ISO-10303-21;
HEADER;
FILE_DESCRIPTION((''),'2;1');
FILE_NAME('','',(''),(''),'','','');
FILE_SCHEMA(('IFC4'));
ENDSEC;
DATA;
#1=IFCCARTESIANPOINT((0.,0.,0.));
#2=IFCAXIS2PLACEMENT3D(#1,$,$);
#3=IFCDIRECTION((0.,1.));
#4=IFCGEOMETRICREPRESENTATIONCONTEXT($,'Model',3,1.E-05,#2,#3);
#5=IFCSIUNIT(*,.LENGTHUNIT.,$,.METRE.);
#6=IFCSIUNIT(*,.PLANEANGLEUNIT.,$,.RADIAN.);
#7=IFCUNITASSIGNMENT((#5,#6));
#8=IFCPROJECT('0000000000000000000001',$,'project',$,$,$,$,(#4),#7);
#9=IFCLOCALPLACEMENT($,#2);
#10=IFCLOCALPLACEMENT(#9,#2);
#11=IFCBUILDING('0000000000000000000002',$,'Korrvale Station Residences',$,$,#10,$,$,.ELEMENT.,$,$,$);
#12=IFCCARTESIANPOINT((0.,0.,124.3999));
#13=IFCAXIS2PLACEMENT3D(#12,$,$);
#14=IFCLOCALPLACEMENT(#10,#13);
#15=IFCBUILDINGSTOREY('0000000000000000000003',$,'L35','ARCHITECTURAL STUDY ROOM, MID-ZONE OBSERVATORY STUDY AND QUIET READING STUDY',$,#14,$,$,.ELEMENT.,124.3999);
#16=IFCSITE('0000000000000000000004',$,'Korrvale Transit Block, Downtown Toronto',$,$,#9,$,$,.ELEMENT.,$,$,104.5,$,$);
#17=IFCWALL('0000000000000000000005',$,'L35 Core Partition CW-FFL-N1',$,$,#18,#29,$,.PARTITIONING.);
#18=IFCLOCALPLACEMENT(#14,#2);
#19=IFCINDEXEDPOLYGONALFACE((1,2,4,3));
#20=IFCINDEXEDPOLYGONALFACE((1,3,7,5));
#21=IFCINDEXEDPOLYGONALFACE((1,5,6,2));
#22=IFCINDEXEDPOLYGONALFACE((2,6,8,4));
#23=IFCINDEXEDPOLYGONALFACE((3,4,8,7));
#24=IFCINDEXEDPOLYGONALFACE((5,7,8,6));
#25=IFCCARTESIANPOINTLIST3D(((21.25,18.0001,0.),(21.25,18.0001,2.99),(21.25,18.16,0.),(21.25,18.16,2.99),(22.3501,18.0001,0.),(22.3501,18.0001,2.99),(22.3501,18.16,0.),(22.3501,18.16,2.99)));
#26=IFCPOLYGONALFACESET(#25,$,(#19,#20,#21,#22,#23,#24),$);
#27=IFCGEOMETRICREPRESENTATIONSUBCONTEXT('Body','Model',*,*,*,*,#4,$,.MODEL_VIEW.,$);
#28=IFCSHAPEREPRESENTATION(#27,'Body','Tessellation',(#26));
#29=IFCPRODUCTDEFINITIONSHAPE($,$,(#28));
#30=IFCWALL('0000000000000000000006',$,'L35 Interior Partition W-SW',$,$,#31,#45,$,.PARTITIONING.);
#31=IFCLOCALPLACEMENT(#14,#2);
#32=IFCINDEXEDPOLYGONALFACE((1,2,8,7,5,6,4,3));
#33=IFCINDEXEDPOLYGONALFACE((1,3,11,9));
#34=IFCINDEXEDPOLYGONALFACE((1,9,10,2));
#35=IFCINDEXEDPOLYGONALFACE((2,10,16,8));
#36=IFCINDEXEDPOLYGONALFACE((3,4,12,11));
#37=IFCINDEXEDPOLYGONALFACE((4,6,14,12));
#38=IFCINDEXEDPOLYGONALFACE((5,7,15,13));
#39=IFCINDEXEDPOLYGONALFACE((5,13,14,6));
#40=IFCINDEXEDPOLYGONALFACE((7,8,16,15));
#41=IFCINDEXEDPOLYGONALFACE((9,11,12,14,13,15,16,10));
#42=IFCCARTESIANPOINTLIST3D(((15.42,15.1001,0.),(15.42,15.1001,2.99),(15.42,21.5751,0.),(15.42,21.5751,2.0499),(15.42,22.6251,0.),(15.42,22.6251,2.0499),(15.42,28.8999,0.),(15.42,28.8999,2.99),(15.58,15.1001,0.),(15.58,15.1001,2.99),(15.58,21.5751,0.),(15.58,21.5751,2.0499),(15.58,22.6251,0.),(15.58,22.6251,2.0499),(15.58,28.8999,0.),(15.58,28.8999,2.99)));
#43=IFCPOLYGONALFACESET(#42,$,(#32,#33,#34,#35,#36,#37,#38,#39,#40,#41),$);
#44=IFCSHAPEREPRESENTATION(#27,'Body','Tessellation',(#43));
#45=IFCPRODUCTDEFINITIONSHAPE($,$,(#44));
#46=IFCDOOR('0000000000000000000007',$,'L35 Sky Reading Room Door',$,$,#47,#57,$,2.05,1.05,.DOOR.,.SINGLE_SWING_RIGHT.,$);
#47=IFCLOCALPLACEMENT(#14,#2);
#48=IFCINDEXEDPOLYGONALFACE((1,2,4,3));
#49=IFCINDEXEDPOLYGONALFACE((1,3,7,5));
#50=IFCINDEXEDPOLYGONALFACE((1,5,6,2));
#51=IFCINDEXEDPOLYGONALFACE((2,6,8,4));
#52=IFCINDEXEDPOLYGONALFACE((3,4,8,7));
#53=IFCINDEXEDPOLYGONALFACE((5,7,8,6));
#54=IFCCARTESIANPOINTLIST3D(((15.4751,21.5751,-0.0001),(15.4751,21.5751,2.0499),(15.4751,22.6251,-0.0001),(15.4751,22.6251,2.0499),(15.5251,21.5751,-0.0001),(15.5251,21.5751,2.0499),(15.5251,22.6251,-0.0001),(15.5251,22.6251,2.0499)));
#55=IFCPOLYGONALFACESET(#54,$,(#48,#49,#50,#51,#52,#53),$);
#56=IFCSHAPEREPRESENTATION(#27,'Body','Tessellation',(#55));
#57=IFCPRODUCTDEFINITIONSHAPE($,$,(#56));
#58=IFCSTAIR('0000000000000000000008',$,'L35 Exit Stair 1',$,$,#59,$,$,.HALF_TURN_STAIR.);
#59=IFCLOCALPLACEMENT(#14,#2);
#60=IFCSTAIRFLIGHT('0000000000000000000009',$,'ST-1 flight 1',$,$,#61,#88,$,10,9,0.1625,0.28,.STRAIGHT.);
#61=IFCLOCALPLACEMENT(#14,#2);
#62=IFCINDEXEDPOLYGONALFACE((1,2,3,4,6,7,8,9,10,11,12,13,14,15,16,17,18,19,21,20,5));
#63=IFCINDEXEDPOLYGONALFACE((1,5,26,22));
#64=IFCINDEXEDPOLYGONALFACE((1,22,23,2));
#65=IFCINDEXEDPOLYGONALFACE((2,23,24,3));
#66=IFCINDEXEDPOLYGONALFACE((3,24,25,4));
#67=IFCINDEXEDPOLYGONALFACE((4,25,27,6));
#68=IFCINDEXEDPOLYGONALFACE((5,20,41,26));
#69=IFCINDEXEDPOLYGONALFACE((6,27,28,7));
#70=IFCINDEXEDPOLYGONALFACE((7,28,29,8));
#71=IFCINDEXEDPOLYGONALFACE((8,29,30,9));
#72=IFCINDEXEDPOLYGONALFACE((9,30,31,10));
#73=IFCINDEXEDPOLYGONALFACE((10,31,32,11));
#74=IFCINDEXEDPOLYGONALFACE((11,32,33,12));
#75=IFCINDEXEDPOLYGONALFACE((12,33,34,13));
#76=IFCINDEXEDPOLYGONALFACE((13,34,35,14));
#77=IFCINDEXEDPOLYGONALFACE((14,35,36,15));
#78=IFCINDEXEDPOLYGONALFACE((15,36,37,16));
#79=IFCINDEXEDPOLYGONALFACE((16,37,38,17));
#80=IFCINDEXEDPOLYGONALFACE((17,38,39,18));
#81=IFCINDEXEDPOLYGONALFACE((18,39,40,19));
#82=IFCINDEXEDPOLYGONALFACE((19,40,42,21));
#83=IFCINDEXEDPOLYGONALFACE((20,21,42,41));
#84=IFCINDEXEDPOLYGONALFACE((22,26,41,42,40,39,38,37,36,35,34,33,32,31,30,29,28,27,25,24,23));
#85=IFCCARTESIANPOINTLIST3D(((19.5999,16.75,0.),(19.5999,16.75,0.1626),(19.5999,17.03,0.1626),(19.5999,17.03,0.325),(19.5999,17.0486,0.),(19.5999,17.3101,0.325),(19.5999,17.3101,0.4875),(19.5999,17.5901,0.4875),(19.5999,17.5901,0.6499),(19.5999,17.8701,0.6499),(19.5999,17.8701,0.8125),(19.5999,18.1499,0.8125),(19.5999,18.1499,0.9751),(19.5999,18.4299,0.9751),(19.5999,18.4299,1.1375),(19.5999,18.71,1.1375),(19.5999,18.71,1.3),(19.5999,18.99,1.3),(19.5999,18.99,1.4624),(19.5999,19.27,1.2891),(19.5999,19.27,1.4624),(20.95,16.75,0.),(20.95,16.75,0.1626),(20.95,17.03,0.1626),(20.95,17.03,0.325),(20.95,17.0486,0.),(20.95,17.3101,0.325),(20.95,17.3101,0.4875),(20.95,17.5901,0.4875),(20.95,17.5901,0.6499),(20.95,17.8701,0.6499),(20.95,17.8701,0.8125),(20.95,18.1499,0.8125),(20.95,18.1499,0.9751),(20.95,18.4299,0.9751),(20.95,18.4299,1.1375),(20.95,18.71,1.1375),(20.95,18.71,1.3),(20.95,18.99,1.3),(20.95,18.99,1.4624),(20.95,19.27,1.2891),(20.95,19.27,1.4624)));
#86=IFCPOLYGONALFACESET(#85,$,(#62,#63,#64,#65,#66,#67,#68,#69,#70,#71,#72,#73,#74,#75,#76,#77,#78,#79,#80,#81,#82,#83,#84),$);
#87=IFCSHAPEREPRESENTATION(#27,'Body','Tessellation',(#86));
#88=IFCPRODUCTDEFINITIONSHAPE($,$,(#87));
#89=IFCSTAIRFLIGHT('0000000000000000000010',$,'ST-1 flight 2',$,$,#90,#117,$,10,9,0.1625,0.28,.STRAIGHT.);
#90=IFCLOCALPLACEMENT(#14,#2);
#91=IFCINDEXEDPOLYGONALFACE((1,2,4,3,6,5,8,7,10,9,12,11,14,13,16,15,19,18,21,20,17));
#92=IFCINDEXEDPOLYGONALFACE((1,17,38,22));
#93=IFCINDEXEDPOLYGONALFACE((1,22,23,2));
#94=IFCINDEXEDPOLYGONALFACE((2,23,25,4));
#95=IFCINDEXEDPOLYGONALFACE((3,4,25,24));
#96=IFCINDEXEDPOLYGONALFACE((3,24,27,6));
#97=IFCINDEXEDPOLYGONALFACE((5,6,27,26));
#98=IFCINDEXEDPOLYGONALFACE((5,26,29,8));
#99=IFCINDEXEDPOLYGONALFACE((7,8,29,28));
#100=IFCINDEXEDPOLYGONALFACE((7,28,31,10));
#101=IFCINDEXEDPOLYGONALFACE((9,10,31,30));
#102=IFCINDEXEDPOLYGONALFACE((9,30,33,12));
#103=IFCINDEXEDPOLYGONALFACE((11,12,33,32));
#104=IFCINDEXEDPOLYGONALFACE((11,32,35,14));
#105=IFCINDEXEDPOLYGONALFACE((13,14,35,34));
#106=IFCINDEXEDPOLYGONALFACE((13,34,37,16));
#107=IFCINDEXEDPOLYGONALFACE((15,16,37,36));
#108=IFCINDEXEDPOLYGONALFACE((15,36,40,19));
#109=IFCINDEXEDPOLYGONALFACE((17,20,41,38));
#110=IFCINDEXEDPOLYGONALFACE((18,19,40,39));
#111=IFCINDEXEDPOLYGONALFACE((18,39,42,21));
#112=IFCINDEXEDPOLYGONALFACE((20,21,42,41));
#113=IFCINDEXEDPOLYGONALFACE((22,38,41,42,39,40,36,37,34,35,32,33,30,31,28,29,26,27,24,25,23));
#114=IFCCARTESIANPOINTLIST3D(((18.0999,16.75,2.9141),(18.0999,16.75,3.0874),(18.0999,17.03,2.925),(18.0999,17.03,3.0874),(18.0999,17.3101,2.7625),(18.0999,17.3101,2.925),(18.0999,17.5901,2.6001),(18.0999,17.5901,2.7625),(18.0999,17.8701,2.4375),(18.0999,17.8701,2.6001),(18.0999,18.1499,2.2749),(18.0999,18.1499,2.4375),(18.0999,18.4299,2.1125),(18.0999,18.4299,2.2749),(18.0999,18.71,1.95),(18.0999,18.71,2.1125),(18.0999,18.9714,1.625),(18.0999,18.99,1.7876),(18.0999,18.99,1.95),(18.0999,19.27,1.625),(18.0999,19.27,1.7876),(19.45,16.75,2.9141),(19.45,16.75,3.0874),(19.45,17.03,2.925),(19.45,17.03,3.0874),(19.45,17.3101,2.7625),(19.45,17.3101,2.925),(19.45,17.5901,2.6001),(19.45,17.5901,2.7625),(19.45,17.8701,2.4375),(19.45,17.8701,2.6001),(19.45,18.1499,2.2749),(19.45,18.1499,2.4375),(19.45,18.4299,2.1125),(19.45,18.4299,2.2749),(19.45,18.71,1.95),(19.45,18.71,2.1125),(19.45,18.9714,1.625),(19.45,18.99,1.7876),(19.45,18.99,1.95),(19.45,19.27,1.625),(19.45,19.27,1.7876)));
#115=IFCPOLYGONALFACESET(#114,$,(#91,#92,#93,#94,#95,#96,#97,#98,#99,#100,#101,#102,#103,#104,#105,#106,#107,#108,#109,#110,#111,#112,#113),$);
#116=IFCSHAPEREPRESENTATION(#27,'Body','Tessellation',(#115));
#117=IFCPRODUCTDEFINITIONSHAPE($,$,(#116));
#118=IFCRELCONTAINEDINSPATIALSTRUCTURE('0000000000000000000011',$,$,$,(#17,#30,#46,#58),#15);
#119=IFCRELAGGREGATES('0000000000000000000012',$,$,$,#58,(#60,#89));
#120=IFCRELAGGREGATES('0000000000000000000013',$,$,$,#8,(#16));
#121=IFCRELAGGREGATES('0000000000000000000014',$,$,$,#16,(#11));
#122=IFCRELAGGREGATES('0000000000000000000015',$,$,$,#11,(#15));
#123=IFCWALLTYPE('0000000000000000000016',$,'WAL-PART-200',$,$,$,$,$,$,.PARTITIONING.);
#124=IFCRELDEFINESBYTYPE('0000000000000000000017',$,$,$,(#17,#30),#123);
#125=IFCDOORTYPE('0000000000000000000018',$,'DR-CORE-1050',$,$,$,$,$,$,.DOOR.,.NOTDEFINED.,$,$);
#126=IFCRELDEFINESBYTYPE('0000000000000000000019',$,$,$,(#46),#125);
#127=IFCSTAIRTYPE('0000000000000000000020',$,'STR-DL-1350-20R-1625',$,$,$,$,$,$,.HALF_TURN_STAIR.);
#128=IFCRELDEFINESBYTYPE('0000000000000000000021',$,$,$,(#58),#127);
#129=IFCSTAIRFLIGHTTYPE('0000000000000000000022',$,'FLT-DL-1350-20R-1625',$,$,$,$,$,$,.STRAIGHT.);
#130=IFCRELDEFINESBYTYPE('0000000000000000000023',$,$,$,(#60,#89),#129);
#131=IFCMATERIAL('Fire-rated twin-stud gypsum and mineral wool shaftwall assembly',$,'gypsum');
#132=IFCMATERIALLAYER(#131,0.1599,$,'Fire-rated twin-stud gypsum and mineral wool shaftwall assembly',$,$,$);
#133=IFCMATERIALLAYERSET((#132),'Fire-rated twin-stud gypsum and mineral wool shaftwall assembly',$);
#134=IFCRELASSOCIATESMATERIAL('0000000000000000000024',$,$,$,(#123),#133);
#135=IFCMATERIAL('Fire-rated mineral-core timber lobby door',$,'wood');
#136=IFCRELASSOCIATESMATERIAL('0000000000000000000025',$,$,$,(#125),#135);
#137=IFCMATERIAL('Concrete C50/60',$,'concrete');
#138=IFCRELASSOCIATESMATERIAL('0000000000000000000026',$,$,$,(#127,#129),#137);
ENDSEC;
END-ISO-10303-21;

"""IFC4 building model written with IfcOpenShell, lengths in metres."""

from ifc_helpers import new_model, si_unit, direction, frame, frame_2d, origin, place, context, subcontext, project, spatial, polyline, rectangle, outline, extrude, material, layer, layer_set, type_object, element, fill, aggregate, save


model = new_model("IFC4")

# Units and contexts
model_context = context("Model", 3, precision=1e-05, world=origin(), true_north=direction((0.0, 1.0)))
body_context = subcontext(model_context, "Body", "Model", "MODEL_VIEW")
ifc_project = project(units=[si_unit("LENGTHUNIT", "METRE"), si_unit("PLANEANGLEUNIT", "RADIAN")], contexts=[model_context])

# Site, building, storey
site_placement = place(None, origin())
site = spatial("IfcSite", under=ifc_project, at=site_placement, Name="Korrvale Transit Block, Downtown Toronto", CompositionType="ELEMENT", RefElevation=104.5)
building_placement = place(site_placement, origin())
building = spatial("IfcBuilding", under=site, at=building_placement, Name="Korrvale Station Residences", CompositionType="ELEMENT")
storey_placement = place(building_placement, frame((0.0, 0.0, 124.3999)))
storey = spatial("IfcBuildingStorey", under=building, at=storey_placement, Name="L35", Description="ARCHITECTURAL STUDY ROOM, MID-ZONE OBSERVATORY STUDY AND QUIET READING STUDY", CompositionType="ELEMENT", Elevation=124.3999)

# Shared definitions
ifc_material_1 = material(Name="Fire-rated twin-stud gypsum and mineral wool shaftwall assembly", Category="gypsum")
ifc_layer_1 = layer(ifc_material_1, 0.1599, Name="Fire-rated twin-stud gypsum and mineral wool shaftwall assembly")
ifc_layer_set_1 = layer_set([ifc_layer_1], Name="Fire-rated twin-stud gypsum and mineral wool shaftwall assembly")
wall_type_1 = type_object("IfcWallType", Name="WAL-PART-200", PredefinedType="PARTITIONING", material=ifc_layer_set_1)
ifc_material_2 = material(Name="Fire-rated mineral-core timber lobby door", Category="wood")
door_type_1 = type_object("IfcDoorType", Name="DR-CORE-1050", OperationType="NOTDEFINED", PredefinedType="DOOR", material=ifc_material_2)

# Wall
wall_1_placement = place(storey_placement, frame((21.25, 18.0801, 0.0), z_axis=(0.0, 0.0, 1.0), x_axis=(1.0, 0.0, 0.0)))
element("IfcWall", 1, at=wall_1_placement, inside=storey, type_object=wall_type_1, Name="L35 Core Partition CW-FFL-N1", PredefinedType="PARTITIONING", context=body_context, shape_type="SweptSolid", body=[
    extrude(rectangle(XDim=1.1001, YDim=0.1599, at=frame_2d((0.55, 0.0))), origin(), (0.0, 0.0, 1.0), 2.99),
])

# Wall, opening, door
wall_2_placement = place(storey_placement, frame((15.5, 15.1001, 0.0), z_axis=(0.0, 0.0, 1.0), x_axis=(0.0, 1.0, 0.0)))
wall_2 = element("IfcWall", 2, at=wall_2_placement, inside=storey, type_object=wall_type_1, Name="L35 Interior Partition W-SW", PredefinedType="PARTITIONING", context=body_context, shape_type="SweptSolid", body=[
    extrude(rectangle(XDim=13.7998, YDim=0.1599, at=frame_2d((6.8999, 0.0))), origin(), (0.0, 0.0, 1.0), 2.99),
])
opening_1_placement = place(wall_2_placement, frame((6.4751, 0.0, 0.0)))
opening_1 = element("IfcOpeningElement", 3, at=opening_1_placement, cuts=wall_2, PredefinedType="OPENING", context=body_context, shape_type="SweptSolid", body=[
    extrude(rectangle(XDim=1.05, YDim=2.05, at=frame_2d((0.5249, 1.0249))), frame((0.0, 0.0898, 0.0), z_axis=(0.0, -1.0, 0.0), x_axis=(1.0, 0.0, 0.0)), (0.0, 0.0, 1.0), 0.1799),
])
door_1_placement = place(opening_1_placement, origin())
door_1 = element("IfcDoor", 4, at=door_1_placement, inside=storey, type_object=door_type_1, Name="L35 Sky Reading Room Door", OperationType="SINGLE_SWING_RIGHT", OverallHeight=2.05, OverallWidth=1.05, PredefinedType="DOOR", context=body_context, shape_type="SweptSolid", body=[
    extrude(rectangle(XDim=1.05, YDim=2.05, at=frame_2d((0.5249, 1.0249))), frame((0.0, 0.0249, 0.0), z_axis=(0.0, -1.0, 0.0), x_axis=(1.0, 0.0, 0.0)), (0.0, 0.0, 1.0), 0.05),
])
fill(opening_1, door_1)

# Stair, stair flights
ifc_material_3 = material(Name="Concrete C50/60", Category="concrete")
stair_type = type_object("IfcStairType", Name="STR-DL-1350-20R-1625", PredefinedType="HALF_TURN_STAIR", material=ifc_material_3)
stair_placement = place(storey_placement, origin())
stair = element("IfcStair", 5, at=stair_placement, inside=storey, type_object=stair_type, Name="L35 Exit Stair 1", PredefinedType="HALF_TURN_STAIR")
stair_flight_type = type_object("IfcStairFlightType", Name="FLT-DL-1350-20R-1625", PredefinedType="STRAIGHT", material=ifc_material_3)
stair_flight_1_placement = place(storey_placement, frame((20.2749, 16.75, 0.0), z_axis=(0.0, 0.0, 1.0), x_axis=(0.0, 1.0, 0.0)))
stair_flight_1 = element("IfcStairFlight", 6, at=stair_flight_1_placement, type_object=stair_flight_type, Name="ST-1 flight 1", NumberOfRisers=10, NumberOfTreads=9, PredefinedType="STRAIGHT", RiserHeight=0.1625, TreadLength=0.28, context=body_context, shape_type="SweptSolid", body=[
    extrude(outline(polyline([(0.0, 0.0), (0.0, 0.1626), (0.28, 0.1626), (0.28, 0.325), (0.5601, 0.325), (0.5601, 0.4875), (0.8401, 0.4875), (0.8401, 0.6499), (1.1201, 0.6499), (1.1201, 0.8125), (1.3999, 0.8125), (1.3999, 0.9751), (1.6799, 0.9751), (1.6799, 1.1375), (1.96, 1.1375), (1.96, 1.3), (2.24, 1.3), (2.24, 1.4624), (2.52, 1.4624), (2.52, 1.625), (2.52, 1.2891), (0.2986, 0.0), (0.0, 0.0)])), frame((0.0, 0.675, 0.0), z_axis=(0.0, -1.0, 0.0), x_axis=(1.0, 0.0, 0.0)), (0.0, 0.0, 1.0), 1.3501),
])
stair_flight_2_placement = place(storey_placement, frame((18.7749, 19.27, 1.625), z_axis=(0.0, 0.0, 1.0), x_axis=(0.0, -1.0, 0.0)))
stair_flight_2 = element("IfcStairFlight", 7, at=stair_flight_2_placement, type_object=stair_flight_type, Name="ST-1 flight 2", NumberOfRisers=10, NumberOfTreads=9, PredefinedType="STRAIGHT", RiserHeight=0.1625, TreadLength=0.28, context=body_context, shape_type="SweptSolid", body=[
    extrude(outline(polyline([(0.0, 0.0), (0.0, 0.1626), (0.28, 0.1626), (0.28, 0.325), (0.5601, 0.325), (0.5601, 0.4875), (0.8401, 0.4875), (0.8401, 0.6499), (1.1201, 0.6499), (1.1201, 0.8125), (1.3999, 0.8125), (1.3999, 0.9751), (1.6799, 0.9751), (1.6799, 1.1375), (1.96, 1.1375), (1.96, 1.3), (2.24, 1.3), (2.24, 1.4624), (2.52, 1.4624), (2.52, 1.625), (2.52, 1.2891), (0.2986, 0.0), (0.0, 0.0)])), frame((0.0, 0.675, 0.0), z_axis=(0.0, -1.0, 0.0), x_axis=(1.0, 0.0, 0.0)), (0.0, 0.0, 1.0), 1.3501),
])
aggregate(stair, [stair_flight_1, stair_flight_2])

save(model, "model.ifc")
